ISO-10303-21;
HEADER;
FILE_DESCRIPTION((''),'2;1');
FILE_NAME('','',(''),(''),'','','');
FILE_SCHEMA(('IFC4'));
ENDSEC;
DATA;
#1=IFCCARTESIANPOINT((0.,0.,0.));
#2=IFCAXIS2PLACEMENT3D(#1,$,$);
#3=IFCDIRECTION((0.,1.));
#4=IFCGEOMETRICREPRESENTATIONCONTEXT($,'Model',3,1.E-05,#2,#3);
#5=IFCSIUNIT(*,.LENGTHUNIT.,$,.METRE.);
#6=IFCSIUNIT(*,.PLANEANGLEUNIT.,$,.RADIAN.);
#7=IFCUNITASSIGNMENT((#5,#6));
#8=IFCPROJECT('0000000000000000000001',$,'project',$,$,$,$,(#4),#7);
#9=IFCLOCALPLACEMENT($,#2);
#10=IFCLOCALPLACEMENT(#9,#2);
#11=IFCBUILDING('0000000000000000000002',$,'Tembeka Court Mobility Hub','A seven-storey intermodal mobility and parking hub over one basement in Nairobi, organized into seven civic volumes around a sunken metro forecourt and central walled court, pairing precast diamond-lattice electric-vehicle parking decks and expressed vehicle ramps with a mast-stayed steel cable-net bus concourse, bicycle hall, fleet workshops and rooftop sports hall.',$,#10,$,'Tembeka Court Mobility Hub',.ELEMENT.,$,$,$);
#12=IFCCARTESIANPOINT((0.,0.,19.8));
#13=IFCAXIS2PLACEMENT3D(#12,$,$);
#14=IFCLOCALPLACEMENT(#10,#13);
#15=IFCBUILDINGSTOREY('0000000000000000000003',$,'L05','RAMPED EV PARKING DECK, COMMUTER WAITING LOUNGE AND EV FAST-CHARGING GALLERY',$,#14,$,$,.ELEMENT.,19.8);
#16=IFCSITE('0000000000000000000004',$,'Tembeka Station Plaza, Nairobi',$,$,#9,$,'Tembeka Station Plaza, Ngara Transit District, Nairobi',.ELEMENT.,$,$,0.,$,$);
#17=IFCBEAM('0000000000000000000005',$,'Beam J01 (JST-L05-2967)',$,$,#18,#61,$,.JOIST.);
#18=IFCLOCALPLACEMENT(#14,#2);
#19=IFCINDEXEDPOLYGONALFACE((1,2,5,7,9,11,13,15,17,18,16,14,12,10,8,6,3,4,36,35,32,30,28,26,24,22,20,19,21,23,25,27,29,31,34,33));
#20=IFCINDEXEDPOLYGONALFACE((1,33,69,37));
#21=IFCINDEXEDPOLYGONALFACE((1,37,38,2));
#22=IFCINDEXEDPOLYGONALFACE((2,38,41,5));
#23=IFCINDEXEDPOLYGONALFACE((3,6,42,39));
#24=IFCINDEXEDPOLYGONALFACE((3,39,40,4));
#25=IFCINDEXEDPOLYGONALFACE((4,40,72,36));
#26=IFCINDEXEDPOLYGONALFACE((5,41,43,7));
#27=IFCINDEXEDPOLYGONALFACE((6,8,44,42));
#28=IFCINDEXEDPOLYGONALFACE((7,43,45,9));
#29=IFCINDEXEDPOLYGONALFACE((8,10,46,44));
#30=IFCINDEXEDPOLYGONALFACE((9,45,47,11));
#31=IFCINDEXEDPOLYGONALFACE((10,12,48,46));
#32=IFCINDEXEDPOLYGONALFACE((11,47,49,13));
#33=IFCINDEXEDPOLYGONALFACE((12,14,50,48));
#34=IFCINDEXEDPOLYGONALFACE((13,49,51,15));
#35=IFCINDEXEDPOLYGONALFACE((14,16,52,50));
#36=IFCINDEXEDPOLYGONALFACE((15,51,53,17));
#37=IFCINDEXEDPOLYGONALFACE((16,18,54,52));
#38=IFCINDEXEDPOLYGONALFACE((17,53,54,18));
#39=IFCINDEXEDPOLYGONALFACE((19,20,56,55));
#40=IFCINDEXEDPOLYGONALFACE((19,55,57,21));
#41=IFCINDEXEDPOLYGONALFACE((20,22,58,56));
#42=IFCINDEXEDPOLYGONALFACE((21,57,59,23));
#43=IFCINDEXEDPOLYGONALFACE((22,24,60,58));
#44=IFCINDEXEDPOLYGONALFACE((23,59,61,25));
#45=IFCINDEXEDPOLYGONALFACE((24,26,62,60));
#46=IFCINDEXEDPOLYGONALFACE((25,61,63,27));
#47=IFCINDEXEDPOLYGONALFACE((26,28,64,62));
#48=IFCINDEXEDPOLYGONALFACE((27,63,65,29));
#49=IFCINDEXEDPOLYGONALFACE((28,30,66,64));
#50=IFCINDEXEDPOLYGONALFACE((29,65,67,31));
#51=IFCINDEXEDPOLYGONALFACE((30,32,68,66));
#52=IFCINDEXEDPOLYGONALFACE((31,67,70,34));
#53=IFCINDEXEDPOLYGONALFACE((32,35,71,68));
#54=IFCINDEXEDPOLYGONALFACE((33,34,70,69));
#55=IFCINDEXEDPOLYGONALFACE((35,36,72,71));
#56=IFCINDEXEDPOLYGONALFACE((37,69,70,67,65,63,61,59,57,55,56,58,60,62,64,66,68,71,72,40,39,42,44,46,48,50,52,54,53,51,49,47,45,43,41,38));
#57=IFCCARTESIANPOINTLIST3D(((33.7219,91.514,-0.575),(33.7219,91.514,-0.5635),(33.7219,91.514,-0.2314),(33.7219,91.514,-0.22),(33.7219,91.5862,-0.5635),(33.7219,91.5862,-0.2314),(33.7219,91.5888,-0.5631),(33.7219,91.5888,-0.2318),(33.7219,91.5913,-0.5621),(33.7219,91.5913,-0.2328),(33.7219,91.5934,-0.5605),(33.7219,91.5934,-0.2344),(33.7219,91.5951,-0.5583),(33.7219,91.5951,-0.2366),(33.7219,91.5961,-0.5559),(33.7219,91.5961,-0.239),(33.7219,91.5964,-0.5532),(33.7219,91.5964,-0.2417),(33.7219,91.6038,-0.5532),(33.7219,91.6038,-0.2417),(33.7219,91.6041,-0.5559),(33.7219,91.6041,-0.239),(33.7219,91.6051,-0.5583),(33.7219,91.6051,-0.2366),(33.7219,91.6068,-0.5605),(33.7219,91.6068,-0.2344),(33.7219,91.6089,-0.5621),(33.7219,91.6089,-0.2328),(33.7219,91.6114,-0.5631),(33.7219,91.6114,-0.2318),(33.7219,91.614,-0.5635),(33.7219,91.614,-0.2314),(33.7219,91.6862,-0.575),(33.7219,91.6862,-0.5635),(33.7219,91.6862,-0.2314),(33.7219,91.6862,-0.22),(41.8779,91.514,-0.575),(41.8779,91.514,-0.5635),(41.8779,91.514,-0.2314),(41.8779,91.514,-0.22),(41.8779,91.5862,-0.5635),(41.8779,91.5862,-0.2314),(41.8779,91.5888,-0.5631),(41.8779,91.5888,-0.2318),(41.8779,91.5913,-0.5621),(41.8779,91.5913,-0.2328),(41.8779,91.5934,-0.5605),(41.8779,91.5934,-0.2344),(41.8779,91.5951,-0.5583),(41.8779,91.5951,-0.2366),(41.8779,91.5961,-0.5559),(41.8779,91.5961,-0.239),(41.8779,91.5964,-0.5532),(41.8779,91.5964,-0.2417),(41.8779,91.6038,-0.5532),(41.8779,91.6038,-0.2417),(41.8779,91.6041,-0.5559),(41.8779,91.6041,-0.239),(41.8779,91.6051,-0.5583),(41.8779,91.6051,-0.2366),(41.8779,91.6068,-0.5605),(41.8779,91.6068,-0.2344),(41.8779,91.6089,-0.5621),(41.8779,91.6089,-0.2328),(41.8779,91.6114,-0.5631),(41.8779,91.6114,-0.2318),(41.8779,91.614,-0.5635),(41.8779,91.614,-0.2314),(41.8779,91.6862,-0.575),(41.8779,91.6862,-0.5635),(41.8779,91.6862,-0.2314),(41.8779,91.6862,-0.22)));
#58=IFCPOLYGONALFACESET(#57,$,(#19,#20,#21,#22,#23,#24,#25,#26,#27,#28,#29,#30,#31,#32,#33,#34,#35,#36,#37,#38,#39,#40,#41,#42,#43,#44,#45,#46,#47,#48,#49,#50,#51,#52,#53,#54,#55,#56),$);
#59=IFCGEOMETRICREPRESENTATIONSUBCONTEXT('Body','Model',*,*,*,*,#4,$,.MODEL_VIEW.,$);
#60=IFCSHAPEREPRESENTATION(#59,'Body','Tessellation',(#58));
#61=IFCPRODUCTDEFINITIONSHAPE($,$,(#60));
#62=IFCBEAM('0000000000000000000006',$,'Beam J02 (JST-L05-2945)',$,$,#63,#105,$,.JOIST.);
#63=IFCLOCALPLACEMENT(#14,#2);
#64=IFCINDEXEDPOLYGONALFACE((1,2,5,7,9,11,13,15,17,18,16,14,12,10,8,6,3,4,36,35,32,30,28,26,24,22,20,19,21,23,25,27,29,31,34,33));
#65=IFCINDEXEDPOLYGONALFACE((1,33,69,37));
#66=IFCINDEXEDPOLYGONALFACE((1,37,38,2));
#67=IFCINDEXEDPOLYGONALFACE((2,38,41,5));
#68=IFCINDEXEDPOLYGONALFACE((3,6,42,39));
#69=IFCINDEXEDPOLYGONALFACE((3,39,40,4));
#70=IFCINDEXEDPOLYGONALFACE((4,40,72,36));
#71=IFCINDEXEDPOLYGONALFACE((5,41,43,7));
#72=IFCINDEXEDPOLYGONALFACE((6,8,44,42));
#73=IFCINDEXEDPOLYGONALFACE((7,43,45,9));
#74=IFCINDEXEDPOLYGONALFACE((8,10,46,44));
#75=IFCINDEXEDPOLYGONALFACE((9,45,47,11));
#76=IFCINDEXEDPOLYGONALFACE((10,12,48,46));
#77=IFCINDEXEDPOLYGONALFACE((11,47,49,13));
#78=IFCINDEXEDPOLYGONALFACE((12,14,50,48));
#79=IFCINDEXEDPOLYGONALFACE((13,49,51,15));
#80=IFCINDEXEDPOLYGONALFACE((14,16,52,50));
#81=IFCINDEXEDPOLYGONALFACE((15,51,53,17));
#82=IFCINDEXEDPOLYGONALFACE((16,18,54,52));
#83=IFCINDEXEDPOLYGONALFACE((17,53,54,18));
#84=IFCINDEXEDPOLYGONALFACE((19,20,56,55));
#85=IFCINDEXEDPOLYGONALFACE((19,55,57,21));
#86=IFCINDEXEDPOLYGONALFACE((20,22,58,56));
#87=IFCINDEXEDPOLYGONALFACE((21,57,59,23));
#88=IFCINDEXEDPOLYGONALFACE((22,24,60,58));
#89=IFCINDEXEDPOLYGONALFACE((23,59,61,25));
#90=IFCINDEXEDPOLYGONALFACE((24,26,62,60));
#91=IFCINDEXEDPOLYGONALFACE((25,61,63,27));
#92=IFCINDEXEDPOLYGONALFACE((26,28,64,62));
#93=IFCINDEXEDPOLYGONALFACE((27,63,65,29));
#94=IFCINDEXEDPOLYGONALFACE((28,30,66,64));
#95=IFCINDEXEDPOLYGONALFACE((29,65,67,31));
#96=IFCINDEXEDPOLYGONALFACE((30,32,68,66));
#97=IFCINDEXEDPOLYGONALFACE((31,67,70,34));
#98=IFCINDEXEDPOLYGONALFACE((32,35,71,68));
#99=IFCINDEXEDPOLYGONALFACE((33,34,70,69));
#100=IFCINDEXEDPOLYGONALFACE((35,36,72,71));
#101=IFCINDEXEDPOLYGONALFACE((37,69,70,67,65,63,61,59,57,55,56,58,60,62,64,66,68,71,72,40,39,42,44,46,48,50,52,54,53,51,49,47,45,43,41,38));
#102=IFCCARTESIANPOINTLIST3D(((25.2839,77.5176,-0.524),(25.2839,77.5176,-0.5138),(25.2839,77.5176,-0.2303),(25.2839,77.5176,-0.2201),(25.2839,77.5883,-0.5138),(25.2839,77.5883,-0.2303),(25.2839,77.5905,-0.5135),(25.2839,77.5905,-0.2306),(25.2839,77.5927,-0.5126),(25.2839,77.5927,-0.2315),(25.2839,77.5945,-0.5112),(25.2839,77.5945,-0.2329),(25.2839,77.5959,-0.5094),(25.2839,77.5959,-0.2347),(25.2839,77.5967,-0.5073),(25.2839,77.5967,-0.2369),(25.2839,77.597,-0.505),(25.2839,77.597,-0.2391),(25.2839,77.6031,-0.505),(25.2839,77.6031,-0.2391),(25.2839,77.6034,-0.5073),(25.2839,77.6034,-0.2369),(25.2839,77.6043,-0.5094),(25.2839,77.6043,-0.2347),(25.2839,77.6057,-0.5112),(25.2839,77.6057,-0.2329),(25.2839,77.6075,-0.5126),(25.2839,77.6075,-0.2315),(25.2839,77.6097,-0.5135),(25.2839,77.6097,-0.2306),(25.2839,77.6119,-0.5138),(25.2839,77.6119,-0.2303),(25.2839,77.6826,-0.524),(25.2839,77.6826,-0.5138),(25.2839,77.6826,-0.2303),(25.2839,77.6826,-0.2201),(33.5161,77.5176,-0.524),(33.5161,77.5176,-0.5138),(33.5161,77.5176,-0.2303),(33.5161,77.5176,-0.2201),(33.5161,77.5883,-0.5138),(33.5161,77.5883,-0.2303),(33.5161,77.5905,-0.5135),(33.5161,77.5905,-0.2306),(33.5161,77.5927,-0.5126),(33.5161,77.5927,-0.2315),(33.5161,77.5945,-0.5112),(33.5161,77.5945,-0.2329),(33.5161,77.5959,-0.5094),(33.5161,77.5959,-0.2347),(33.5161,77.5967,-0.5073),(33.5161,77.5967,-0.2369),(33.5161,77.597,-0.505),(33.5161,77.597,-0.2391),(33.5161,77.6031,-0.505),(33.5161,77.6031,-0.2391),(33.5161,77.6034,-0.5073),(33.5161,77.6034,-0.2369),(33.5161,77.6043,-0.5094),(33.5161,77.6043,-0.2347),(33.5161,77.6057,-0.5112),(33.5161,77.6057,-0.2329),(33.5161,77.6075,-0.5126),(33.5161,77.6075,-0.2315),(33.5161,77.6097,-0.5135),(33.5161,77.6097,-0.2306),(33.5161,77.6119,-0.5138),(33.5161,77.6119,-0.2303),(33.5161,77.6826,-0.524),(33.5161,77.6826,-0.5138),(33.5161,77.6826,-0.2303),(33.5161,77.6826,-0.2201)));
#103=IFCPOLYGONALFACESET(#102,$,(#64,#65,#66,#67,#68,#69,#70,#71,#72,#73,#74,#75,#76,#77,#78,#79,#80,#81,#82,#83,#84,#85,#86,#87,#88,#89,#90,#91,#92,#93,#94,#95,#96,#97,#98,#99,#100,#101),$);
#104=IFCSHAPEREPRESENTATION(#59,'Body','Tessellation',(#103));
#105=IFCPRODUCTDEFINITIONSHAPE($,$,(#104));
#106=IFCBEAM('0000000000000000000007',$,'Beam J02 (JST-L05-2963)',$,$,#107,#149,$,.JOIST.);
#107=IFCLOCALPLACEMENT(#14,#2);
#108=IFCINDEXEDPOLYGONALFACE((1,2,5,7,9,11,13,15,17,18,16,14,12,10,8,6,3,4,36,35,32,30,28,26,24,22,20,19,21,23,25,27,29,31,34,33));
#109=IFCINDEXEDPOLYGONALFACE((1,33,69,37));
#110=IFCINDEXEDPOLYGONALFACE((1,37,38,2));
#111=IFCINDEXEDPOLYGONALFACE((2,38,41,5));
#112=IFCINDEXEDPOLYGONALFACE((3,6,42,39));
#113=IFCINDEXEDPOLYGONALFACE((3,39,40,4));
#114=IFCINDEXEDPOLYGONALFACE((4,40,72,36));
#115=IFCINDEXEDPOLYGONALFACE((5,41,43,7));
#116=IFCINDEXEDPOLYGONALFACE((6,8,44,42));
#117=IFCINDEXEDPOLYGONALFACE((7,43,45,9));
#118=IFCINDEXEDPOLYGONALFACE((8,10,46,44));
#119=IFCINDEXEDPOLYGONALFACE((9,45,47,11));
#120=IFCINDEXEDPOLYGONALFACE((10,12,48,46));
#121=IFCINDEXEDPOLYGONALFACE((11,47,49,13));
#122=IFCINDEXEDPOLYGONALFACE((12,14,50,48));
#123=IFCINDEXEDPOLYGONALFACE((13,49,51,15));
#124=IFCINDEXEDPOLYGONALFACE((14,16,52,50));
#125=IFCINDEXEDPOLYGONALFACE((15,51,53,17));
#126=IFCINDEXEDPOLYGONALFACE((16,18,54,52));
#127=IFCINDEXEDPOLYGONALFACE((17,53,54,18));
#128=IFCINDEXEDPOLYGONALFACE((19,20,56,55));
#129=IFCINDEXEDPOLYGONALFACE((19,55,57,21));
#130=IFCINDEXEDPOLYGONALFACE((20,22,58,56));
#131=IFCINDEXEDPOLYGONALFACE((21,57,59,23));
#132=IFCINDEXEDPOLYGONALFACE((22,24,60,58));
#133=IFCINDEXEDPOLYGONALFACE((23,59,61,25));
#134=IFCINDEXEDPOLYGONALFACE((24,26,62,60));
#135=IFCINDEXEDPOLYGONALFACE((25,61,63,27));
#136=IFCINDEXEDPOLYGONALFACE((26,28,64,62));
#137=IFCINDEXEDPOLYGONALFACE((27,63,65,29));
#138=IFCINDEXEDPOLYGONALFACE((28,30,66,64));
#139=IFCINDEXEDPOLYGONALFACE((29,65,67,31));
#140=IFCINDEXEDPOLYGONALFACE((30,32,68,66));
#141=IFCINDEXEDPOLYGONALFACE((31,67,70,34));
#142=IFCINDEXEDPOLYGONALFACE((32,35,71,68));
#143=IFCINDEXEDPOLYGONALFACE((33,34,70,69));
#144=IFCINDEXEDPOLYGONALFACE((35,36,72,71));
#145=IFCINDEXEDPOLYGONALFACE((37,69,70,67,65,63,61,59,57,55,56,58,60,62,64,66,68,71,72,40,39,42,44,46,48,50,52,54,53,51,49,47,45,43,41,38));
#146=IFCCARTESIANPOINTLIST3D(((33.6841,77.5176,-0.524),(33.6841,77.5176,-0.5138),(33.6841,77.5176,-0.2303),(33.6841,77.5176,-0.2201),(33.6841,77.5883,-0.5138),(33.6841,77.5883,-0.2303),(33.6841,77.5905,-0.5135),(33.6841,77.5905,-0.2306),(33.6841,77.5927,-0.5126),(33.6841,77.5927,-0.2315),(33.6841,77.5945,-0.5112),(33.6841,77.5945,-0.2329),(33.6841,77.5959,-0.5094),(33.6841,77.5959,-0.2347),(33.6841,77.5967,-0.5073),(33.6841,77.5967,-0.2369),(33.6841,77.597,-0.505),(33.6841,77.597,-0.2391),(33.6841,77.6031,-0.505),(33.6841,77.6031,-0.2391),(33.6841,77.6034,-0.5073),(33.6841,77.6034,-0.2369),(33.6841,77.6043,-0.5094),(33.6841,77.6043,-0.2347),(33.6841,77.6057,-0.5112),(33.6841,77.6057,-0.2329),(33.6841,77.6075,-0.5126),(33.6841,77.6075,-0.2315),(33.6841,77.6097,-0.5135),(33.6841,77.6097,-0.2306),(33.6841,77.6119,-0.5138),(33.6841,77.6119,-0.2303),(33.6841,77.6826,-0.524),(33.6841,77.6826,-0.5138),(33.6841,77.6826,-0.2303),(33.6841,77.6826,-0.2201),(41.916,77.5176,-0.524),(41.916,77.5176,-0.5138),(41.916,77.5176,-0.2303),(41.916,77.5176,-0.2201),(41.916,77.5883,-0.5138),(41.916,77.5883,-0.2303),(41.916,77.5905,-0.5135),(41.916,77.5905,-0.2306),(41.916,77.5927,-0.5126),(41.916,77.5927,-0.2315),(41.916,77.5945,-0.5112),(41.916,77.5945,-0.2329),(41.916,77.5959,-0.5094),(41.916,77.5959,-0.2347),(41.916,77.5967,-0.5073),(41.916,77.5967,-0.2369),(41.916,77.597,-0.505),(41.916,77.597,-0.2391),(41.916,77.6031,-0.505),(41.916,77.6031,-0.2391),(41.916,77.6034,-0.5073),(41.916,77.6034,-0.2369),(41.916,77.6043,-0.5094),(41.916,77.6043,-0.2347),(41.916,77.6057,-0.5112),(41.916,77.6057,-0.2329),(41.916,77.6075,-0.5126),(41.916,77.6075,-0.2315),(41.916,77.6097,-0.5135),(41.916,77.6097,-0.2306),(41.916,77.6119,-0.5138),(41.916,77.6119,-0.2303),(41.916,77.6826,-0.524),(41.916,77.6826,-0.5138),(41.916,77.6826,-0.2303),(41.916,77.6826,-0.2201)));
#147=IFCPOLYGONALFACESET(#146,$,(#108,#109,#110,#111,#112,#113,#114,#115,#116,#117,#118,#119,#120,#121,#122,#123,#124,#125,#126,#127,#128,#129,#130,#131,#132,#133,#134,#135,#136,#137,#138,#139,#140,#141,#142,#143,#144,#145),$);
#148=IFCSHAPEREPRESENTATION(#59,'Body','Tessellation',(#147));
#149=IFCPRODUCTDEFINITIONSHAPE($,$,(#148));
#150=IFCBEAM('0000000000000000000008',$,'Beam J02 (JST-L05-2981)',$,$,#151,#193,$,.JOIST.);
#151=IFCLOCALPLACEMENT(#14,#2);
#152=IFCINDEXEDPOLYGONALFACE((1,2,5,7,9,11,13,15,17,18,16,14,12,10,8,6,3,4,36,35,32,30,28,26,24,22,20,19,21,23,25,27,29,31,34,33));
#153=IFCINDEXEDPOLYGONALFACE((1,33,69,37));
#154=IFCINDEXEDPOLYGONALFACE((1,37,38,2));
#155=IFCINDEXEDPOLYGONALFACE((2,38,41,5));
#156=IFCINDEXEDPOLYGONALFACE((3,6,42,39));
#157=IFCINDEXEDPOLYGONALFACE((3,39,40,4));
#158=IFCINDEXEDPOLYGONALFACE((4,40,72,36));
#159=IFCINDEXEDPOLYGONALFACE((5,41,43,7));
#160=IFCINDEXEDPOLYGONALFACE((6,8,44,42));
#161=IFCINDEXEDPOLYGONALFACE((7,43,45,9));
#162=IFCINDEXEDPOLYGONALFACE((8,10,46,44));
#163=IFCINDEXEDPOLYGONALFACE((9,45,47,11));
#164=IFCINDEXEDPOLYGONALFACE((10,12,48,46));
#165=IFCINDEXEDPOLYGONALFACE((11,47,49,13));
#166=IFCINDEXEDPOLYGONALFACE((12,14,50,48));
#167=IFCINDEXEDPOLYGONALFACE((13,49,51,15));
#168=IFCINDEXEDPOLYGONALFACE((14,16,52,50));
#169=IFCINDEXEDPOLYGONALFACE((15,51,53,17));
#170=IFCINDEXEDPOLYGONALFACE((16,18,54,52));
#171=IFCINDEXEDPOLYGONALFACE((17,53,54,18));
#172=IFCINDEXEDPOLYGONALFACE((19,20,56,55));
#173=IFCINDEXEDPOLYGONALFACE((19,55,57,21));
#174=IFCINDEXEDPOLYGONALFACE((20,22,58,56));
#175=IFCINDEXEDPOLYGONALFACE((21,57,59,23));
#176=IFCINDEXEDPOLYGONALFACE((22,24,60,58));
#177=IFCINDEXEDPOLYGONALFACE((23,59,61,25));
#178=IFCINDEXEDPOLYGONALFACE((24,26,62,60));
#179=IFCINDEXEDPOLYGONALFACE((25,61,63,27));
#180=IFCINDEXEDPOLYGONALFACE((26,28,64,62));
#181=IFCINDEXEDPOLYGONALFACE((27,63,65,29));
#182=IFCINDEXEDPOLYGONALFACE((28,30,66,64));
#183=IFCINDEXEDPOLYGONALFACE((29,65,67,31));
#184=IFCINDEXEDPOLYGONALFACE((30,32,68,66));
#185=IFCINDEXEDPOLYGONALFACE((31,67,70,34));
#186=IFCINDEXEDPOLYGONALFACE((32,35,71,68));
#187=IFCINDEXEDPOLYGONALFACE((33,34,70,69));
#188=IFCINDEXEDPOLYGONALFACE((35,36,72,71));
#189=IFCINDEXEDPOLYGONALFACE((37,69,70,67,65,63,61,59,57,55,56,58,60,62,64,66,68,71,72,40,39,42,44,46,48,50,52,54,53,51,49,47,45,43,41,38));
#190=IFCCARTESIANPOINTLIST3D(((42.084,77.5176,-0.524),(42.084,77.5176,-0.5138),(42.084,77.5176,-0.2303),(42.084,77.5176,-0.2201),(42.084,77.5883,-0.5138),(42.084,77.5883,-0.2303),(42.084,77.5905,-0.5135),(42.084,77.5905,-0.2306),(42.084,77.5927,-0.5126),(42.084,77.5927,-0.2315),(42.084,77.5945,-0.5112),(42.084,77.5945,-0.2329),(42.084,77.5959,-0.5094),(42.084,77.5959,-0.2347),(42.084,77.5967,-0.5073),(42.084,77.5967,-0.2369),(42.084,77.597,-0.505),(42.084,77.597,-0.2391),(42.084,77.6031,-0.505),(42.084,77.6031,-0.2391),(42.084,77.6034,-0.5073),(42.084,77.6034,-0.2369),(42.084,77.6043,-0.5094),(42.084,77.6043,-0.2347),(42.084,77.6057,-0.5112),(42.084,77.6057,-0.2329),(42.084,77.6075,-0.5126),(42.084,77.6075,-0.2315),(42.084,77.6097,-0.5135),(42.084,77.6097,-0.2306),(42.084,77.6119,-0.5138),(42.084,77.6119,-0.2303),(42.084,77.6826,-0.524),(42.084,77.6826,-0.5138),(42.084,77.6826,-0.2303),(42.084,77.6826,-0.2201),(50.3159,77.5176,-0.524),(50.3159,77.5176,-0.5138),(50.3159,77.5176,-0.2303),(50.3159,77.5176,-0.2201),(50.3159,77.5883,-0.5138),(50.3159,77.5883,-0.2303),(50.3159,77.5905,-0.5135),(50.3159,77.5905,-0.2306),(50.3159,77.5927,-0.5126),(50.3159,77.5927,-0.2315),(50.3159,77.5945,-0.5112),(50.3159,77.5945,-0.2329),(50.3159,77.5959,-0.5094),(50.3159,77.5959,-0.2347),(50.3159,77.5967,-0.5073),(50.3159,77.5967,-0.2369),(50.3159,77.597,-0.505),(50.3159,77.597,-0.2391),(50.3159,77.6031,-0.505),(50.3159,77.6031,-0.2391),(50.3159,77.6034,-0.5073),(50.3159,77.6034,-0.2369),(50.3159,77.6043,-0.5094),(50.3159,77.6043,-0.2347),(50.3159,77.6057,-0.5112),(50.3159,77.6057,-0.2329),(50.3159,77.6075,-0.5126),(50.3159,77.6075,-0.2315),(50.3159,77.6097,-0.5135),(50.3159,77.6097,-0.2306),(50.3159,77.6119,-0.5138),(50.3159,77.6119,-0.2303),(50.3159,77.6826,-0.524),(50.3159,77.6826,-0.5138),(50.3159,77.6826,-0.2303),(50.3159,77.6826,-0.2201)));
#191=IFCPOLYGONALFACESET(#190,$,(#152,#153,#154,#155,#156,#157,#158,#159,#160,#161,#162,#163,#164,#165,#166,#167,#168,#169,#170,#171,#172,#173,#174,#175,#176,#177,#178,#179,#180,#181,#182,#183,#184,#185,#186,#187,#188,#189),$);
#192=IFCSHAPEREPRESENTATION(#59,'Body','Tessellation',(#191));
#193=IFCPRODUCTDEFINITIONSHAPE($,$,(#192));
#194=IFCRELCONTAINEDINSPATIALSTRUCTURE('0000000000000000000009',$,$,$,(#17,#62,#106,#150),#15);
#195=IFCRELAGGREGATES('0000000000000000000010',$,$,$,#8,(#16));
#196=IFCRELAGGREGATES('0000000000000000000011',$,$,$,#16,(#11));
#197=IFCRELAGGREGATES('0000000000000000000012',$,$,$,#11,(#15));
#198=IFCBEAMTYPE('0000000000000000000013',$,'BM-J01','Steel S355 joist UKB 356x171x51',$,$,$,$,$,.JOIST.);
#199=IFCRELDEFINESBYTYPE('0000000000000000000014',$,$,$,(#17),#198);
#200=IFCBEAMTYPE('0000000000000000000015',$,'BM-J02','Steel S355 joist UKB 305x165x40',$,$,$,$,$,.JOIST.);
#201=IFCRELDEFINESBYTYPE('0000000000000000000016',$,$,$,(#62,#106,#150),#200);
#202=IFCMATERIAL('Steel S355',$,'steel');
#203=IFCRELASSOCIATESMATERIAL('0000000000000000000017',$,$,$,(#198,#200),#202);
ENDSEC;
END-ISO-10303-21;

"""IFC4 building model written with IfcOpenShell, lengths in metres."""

from ifc_helpers import new_model, si_unit, direction, frame, origin, origin_2d, place, context, subcontext, project, spatial, i_section, extrude, material, material_profile, profile_set, type_object, element, save


model = new_model("IFC4")

# Units and contexts
model_context = context("Model", 3, precision=1e-05, world=origin(), true_north=direction((0.0, 1.0)))
body_context = subcontext(model_context, "Body", "Model", "MODEL_VIEW")
ifc_project = project(units=[si_unit("LENGTHUNIT", "METRE"), si_unit("PLANEANGLEUNIT", "RADIAN")], contexts=[model_context])

# Site, building, storey
site_placement = place(None, origin())
site = spatial("IfcSite", under=ifc_project, at=site_placement, Name="Tembeka Station Plaza, Nairobi", LongName="Tembeka Station Plaza, Ngara Transit District, Nairobi", CompositionType="ELEMENT", RefElevation=0.0)
building_placement = place(site_placement, origin())
building = spatial("IfcBuilding", under=site, at=building_placement, Name="Tembeka Court Mobility Hub", Description="A seven-storey intermodal mobility and parking hub over one basement in Nairobi, organized into seven civic volumes around a sunken metro forecourt and central walled court, pairing precast diamond-lattice electric-vehicle parking decks and expressed vehicle ramps with a mast-stayed steel cable-net bus concourse, bicycle hall, fleet workshops and rooftop sports hall.", LongName="Tembeka Court Mobility Hub", CompositionType="ELEMENT")
storey_placement = place(building_placement, frame((0.0, 0.0, 19.8)))
storey = spatial("IfcBuildingStorey", under=building, at=storey_placement, Name="L05", Description="RAMPED EV PARKING DECK, COMMUTER WAITING LOUNGE AND EV FAST-CHARGING GALLERY", CompositionType="ELEMENT", Elevation=19.8)

# Shared definitions
ifc_material = material(Name="Steel S355", Category="steel")

# Beams
ifc_material_profile_1 = material_profile(ifc_material, i_section(OverallWidth=0.1721, OverallDepth=0.355, WebThickness=0.0073, FlangeThickness=0.0115, FilletRadius=0.0103, at=origin_2d()), Name="UKB 356x171x51")
ifc_profile_set_1 = profile_set([ifc_material_profile_1], Name="Steel S355")
beam_type_1 = type_object("IfcBeamType", Name="BM-J01", Description="Steel S355 joist UKB 356x171x51", PredefinedType="JOIST", material=ifc_profile_set_1)
for number, where, z_axis, x_axis, name in (
    (1, (33.7219, 91.6001, -0.3975), (1.0, 0.0, 0.0), (0.0, 1.0, 0.0), "Beam J01 (JST-L05-2967)"),
):
    element("IfcBeam", number, at=place(storey_placement, frame(where, z_axis=z_axis, x_axis=x_axis)), inside=storey, type_object=beam_type_1, Name=name, PredefinedType="JOIST", context=body_context, shape_type="SweptSolid", body=[
        extrude(i_section(OverallWidth=0.1721, OverallDepth=0.355, WebThickness=0.0073, FlangeThickness=0.0115, FilletRadius=0.0103, at=origin_2d()), origin(), (0.0, 0.0, 1.0), 8.156),
    ])
ifc_material_profile_2 = material_profile(ifc_material, i_section(OverallWidth=0.165, OverallDepth=0.304, WebThickness=0.0061, FlangeThickness=0.0103, FilletRadius=0.0088, at=origin_2d()), Name="UKB 305x165x40")
ifc_profile_set_2 = profile_set([ifc_material_profile_2], Name="Steel S355")
beam_type_2 = type_object("IfcBeamType", Name="BM-J02", Description="Steel S355 joist UKB 305x165x40", PredefinedType="JOIST", material=ifc_profile_set_2)
beam_1_placement = place(storey_placement, frame((25.2839, 77.6001, -0.3721), z_axis=(1.0, 0.0, 0.0), x_axis=(0.0, 1.0, 0.0)))
element("IfcBeam", 2, at=beam_1_placement, inside=storey, type_object=beam_type_2, Name="Beam J02 (JST-L05-2945)", PredefinedType="JOIST", context=body_context, shape_type="SweptSolid", body=[
    extrude(i_section(OverallWidth=0.165, OverallDepth=0.304, WebThickness=0.0061, FlangeThickness=0.0103, FilletRadius=0.0088, at=origin_2d()), origin(), (0.0, 0.0, 1.0), 8.2322),
])
for number, where, z_axis, x_axis, name in (
    (3, (33.6841, 77.6001, -0.3721), (1.0, 0.0, 0.0), (0.0, 1.0, 0.0), "Beam J02 (JST-L05-2963)"),
    (4, (42.084, 77.6001, -0.3721), (1.0, 0.0, 0.0), (0.0, 1.0, 0.0), "Beam J02 (JST-L05-2981)"),
):
    element("IfcBeam", number, at=place(storey_placement, frame(where, z_axis=z_axis, x_axis=x_axis)), inside=storey, type_object=beam_type_2, Name=name, PredefinedType="JOIST", context=body_context, shape_type="SweptSolid", body=[
        extrude(i_section(OverallWidth=0.165, OverallDepth=0.304, WebThickness=0.0061, FlangeThickness=0.0103, FilletRadius=0.0088, at=origin_2d()), origin(), (0.0, 0.0, 1.0), 8.2319),
    ])

save(model, "model.ifc")
